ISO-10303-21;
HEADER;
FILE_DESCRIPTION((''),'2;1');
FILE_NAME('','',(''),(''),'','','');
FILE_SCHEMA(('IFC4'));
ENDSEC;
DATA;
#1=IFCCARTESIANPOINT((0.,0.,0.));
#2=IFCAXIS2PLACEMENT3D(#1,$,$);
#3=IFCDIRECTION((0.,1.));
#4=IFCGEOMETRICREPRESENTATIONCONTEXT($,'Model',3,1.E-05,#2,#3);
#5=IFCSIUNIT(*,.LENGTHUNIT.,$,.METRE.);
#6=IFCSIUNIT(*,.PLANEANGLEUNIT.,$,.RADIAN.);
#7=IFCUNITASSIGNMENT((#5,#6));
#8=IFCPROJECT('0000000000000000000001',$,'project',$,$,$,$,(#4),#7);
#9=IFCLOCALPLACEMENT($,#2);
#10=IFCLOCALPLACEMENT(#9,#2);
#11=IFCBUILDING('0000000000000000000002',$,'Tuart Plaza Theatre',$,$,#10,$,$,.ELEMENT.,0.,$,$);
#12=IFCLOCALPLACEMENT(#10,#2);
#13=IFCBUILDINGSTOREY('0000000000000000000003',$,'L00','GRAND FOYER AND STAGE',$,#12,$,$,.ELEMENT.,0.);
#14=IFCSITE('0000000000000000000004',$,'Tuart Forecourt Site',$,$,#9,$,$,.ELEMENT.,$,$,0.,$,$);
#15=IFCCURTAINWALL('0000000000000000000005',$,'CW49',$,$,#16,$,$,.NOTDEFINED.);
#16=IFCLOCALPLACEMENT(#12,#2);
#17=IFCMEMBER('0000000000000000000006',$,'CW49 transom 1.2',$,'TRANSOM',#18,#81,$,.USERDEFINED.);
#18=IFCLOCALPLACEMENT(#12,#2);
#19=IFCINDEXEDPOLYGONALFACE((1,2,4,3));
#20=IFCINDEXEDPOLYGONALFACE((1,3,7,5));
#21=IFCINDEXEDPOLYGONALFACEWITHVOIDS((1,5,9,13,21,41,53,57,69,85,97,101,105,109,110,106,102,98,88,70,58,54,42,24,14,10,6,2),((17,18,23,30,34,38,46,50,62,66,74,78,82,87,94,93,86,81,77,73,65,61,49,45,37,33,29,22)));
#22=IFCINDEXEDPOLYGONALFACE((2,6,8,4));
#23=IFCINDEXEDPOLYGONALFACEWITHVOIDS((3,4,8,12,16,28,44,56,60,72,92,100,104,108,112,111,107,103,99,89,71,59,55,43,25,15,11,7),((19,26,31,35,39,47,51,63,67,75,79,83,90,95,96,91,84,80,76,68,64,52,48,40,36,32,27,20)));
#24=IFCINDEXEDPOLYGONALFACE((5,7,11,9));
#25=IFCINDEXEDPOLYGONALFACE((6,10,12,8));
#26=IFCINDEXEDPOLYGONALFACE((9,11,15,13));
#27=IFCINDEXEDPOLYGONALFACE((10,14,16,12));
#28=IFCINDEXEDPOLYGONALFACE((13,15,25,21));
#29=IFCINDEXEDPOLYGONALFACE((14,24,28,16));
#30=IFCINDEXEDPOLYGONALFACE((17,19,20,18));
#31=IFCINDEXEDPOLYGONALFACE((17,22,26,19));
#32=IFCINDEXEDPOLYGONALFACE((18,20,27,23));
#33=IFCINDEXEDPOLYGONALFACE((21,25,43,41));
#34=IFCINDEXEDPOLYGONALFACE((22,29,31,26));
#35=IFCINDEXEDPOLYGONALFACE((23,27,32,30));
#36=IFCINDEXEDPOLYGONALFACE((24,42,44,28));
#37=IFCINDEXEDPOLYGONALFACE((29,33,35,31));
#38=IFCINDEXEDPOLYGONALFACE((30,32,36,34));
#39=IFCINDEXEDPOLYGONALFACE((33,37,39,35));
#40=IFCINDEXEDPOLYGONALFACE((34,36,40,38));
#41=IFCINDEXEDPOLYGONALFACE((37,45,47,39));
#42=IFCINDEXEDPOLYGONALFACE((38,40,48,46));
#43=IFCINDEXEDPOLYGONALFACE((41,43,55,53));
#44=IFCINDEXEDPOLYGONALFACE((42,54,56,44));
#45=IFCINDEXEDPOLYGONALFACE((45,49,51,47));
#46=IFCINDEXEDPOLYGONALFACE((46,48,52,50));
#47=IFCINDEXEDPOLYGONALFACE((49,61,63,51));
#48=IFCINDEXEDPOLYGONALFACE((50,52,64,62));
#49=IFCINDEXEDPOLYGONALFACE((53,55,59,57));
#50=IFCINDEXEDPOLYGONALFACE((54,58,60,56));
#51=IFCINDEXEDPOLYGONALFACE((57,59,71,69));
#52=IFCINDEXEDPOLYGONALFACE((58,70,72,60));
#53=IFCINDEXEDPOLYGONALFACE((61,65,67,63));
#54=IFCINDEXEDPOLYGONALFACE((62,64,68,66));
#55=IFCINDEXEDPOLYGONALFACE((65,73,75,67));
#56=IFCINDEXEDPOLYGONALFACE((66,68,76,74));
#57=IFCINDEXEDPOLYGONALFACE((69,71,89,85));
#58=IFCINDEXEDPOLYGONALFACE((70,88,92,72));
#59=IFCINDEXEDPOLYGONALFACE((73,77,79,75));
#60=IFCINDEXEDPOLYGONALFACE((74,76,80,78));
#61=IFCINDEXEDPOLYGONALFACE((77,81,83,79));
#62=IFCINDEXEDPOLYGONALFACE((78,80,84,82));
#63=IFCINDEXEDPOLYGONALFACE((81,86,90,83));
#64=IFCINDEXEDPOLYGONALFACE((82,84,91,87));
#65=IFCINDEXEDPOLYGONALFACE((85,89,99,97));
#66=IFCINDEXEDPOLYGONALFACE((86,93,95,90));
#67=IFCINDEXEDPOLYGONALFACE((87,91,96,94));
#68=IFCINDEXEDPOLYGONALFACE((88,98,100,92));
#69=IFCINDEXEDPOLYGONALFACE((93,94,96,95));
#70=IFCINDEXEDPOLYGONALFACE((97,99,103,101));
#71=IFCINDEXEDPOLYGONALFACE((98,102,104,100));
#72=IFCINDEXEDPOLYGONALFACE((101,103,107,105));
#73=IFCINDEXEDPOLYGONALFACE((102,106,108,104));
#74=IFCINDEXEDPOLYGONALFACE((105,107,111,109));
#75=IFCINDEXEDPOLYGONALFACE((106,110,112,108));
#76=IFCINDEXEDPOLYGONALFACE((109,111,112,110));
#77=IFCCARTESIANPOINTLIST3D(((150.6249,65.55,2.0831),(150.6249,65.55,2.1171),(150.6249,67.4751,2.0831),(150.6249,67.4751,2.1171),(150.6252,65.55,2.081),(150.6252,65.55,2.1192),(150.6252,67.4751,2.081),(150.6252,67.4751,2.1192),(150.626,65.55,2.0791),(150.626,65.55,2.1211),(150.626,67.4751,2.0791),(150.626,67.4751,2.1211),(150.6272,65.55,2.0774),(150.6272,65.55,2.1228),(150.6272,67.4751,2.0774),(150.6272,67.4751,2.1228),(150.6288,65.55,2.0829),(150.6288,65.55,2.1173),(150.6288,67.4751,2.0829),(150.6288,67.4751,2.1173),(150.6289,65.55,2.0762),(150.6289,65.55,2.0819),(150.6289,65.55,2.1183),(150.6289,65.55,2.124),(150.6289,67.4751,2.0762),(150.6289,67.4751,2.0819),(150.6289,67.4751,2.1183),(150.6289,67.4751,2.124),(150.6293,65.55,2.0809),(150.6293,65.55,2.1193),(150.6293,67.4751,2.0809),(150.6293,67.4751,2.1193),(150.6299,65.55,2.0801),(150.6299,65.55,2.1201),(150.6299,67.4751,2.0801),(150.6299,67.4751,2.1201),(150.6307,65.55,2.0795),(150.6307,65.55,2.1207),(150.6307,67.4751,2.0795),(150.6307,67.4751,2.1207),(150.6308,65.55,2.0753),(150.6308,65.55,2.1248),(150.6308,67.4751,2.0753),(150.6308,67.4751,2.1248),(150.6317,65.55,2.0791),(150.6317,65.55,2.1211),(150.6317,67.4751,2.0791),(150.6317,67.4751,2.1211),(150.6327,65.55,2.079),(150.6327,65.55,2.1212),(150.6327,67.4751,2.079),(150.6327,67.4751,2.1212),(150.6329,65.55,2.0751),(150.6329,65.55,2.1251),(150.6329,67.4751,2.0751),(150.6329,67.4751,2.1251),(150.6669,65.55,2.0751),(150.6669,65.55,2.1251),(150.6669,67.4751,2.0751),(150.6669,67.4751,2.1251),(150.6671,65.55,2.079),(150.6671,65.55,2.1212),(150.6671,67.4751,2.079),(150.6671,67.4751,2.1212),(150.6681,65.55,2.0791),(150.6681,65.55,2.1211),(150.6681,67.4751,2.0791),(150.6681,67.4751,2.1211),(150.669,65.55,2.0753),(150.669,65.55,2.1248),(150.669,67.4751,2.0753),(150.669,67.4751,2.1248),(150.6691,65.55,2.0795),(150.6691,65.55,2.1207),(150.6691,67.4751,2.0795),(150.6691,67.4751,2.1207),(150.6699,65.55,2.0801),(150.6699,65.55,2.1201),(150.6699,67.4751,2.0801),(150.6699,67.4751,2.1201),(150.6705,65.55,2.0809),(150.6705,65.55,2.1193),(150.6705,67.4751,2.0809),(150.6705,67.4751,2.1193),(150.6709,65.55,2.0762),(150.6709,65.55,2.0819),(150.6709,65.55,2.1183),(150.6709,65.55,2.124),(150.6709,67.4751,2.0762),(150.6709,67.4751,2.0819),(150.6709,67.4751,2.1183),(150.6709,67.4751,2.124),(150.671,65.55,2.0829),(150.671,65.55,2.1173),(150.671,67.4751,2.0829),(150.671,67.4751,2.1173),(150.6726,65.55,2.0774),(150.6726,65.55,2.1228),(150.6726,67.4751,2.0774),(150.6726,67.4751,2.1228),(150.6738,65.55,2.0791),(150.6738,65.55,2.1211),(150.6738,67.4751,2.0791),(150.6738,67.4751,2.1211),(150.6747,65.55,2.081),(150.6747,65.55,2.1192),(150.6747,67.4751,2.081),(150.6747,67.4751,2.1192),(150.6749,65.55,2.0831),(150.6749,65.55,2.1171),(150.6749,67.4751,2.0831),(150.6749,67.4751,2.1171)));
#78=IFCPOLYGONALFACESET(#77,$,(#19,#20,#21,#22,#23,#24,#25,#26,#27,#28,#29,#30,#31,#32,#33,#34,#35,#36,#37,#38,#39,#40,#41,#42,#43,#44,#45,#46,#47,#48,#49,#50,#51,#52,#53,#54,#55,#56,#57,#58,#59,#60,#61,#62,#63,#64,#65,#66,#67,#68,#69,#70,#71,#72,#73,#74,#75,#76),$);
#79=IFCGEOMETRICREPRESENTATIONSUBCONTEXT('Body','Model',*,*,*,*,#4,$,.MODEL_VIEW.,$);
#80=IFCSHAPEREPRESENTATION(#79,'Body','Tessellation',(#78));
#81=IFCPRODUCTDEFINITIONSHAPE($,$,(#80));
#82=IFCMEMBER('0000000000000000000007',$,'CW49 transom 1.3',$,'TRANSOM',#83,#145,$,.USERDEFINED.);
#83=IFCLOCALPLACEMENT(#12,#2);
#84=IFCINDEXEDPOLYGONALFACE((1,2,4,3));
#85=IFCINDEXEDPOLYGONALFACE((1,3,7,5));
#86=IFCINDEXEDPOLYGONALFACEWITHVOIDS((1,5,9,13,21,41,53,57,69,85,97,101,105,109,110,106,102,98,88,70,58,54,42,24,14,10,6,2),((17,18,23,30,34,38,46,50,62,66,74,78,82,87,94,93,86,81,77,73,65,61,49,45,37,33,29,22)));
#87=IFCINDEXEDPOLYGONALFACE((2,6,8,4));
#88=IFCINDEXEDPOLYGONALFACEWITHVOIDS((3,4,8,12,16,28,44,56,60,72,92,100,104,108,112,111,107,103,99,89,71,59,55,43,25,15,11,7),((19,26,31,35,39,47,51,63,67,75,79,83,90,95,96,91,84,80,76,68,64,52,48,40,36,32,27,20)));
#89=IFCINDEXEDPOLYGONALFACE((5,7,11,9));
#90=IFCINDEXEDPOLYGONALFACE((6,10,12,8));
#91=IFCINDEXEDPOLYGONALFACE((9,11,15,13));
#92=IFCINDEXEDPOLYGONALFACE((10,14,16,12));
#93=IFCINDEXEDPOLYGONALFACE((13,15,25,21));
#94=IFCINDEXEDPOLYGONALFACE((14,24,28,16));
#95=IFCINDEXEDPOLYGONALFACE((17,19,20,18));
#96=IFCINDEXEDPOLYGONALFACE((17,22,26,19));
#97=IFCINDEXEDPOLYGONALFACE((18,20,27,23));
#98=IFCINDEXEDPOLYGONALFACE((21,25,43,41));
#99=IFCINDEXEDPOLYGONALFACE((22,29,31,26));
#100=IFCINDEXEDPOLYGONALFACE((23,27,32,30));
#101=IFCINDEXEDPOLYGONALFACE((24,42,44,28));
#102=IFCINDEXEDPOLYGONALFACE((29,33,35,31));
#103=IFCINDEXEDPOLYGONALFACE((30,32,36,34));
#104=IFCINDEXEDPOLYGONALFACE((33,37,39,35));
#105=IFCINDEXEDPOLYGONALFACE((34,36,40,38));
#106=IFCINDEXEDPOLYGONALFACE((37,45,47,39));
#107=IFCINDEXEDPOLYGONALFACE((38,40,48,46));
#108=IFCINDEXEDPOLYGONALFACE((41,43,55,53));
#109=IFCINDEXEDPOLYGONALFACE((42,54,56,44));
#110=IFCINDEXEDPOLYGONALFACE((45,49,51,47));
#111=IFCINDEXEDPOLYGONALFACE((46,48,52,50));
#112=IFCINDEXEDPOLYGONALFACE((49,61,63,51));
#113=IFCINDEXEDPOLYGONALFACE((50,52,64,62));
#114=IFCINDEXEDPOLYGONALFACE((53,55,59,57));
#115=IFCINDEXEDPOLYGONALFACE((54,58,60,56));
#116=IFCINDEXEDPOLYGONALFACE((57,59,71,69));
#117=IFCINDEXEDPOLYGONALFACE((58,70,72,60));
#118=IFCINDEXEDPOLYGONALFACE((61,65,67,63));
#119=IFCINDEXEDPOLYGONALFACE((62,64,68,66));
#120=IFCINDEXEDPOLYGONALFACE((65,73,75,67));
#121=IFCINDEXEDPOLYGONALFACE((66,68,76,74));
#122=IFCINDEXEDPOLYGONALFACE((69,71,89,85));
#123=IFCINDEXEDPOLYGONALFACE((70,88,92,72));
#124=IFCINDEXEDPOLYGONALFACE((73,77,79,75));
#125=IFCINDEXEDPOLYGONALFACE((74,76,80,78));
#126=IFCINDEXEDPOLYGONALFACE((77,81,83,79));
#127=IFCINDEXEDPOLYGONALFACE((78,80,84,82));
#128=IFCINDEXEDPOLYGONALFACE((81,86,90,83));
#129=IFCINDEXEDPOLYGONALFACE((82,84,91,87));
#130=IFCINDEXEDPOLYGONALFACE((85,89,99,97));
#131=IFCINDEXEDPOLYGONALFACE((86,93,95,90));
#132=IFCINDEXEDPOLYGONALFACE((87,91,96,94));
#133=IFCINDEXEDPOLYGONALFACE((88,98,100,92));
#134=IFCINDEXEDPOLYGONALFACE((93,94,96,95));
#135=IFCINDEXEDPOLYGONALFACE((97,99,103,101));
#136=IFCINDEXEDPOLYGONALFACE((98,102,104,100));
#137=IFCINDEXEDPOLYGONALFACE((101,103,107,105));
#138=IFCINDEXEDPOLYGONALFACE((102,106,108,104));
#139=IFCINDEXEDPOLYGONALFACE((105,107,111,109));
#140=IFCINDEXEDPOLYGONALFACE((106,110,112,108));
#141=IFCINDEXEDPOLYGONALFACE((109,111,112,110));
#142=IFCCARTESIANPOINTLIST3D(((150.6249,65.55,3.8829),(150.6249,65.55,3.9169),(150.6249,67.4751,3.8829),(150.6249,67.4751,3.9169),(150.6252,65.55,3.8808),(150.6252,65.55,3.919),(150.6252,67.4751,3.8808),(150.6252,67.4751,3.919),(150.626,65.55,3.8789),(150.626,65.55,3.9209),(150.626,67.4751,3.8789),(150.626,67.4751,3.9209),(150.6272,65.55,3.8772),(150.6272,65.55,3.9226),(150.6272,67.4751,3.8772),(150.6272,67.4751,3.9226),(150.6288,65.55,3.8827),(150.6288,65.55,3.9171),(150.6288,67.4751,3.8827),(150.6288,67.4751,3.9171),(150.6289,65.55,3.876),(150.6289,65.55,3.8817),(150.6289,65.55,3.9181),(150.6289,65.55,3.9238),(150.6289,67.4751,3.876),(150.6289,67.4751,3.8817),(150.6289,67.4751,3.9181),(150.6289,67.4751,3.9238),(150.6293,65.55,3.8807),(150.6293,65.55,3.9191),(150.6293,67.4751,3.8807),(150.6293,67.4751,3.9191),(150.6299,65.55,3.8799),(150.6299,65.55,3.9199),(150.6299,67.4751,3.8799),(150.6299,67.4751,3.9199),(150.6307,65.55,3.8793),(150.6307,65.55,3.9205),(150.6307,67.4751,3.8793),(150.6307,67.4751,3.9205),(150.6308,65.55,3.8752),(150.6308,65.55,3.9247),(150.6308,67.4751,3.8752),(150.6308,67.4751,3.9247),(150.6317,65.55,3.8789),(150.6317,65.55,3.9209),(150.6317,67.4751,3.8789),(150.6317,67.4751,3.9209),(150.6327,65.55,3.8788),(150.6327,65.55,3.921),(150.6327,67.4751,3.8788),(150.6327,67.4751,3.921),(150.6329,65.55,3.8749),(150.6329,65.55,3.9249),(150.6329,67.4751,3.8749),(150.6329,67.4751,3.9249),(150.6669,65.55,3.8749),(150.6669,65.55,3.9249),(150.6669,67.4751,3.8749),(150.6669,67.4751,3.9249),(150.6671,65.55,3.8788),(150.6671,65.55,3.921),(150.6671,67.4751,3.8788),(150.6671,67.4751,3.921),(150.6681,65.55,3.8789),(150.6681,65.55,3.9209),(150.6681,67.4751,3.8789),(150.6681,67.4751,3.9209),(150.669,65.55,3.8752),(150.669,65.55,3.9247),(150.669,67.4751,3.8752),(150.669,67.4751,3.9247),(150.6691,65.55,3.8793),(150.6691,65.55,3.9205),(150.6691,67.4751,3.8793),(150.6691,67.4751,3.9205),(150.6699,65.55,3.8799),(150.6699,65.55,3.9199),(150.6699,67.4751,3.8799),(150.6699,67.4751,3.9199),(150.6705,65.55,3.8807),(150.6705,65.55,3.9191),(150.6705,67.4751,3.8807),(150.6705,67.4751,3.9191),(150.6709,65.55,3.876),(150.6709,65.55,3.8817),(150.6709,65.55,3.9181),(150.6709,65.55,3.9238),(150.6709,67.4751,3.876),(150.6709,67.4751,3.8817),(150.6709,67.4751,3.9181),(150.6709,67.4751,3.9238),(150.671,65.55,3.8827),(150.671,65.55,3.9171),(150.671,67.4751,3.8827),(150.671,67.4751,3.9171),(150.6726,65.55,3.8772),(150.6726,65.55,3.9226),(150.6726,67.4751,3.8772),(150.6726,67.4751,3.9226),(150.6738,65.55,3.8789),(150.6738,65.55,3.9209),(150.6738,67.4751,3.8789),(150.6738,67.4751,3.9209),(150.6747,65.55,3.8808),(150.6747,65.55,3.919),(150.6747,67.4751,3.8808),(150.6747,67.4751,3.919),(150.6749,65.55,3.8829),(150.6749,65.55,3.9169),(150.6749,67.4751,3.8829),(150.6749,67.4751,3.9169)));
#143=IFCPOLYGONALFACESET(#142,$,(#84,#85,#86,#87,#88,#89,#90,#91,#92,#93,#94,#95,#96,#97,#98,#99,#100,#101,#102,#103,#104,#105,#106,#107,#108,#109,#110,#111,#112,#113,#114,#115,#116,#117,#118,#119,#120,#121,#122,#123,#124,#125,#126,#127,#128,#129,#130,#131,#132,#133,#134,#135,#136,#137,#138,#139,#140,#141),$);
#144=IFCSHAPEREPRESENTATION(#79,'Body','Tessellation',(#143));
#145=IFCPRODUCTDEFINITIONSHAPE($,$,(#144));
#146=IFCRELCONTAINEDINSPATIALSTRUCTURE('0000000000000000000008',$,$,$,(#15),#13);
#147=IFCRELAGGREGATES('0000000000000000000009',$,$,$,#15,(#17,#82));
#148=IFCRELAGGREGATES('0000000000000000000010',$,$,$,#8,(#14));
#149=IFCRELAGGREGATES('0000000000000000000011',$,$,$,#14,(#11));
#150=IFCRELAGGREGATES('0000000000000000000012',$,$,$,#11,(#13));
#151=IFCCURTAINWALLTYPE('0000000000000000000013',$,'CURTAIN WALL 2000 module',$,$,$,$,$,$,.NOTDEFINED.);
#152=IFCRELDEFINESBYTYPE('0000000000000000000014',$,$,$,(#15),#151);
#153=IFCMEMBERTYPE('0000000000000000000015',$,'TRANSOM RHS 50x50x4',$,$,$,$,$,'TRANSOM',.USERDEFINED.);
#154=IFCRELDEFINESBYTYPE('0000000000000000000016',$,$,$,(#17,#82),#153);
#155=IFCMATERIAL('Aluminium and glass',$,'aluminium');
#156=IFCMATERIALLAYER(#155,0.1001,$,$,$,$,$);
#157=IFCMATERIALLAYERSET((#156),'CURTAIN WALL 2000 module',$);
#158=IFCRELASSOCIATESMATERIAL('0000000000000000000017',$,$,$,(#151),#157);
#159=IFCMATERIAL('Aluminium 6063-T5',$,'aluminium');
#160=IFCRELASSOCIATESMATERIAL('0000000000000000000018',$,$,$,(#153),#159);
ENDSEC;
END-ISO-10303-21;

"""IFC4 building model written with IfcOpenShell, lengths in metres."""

from ifc_helpers import new_model, si_unit, direction, frame, origin, origin_2d, place, context, subcontext, project, spatial, hollow_rectangle, extrude, material, layer, layer_set, material_profile, profile_set, type_object, element, aggregate, save


model = new_model("IFC4")

# Units and contexts
model_context = context("Model", 3, precision=1e-05, world=origin(), true_north=direction((0.0, 1.0)))
body_context = subcontext(model_context, "Body", "Model", "MODEL_VIEW")
ifc_project = project(units=[si_unit("LENGTHUNIT", "METRE"), si_unit("PLANEANGLEUNIT", "RADIAN")], contexts=[model_context])

# Site, building, storey
site_placement = place(None, origin())
site = spatial("IfcSite", under=ifc_project, at=site_placement, Name="Tuart Forecourt Site", CompositionType="ELEMENT", RefElevation=0.0)
building_placement = place(site_placement, origin())
building = spatial("IfcBuilding", under=site, at=building_placement, Name="Tuart Plaza Theatre", CompositionType="ELEMENT", ElevationOfRefHeight=0.0)
storey_placement = place(building_placement, origin())
storey = spatial("IfcBuildingStorey", under=building, at=storey_placement, Name="L00", Description="GRAND FOYER AND STAGE", CompositionType="ELEMENT", Elevation=0.0)

# Curtain wall, members
ifc_material_1 = material(Name="Aluminium and glass", Category="aluminium")
ifc_layer_1 = layer(ifc_material_1, 0.1001)
ifc_layer_set_1 = layer_set([ifc_layer_1], Name="CURTAIN WALL 2000 module")
curtain_wall_type = type_object("IfcCurtainWallType", Name="CURTAIN WALL 2000 module", PredefinedType="NOTDEFINED", material=ifc_layer_set_1)
ifc_material_2 = material(Name="Aluminium 6063-T5", Category="aluminium")
ifc_material_profile_1 = material_profile(ifc_material_2, hollow_rectangle(XDim=0.05, YDim=0.05, WallThickness=0.0039, InnerFilletRadius=0.0039, OuterFilletRadius=0.0081, at=origin_2d()), Name="RHS 50x50x4")
ifc_profile_set_1 = profile_set([ifc_material_profile_1], Name="Aluminium 6063-T5")
member_type_1 = type_object("IfcMemberType", Name="TRANSOM RHS 50x50x4", ElementType="TRANSOM", PredefinedType="USERDEFINED", material=ifc_profile_set_1)
curtain_wall_1_placement = place(storey_placement, origin())
curtain_wall_1 = element("IfcCurtainWall", 1, at=curtain_wall_1_placement, inside=storey, type_object=curtain_wall_type, Name="CW49", PredefinedType="NOTDEFINED")
member_1_placement = place(storey_placement, frame((150.6499, 65.55, 2.1001), z_axis=(0.0, 1.0, 0.0), x_axis=(-1.0, 0.0, 0.0)))
member_1 = element("IfcMember", 2, at=member_1_placement, type_object=member_type_1, Name="CW49 transom 1.2", ObjectType="TRANSOM", PredefinedType="USERDEFINED", context=body_context, shape_type="SweptSolid", body=[
    extrude(hollow_rectangle(XDim=0.05, YDim=0.05, WallThickness=0.0039, InnerFilletRadius=0.0039, OuterFilletRadius=0.0081, at=origin_2d()), origin(), (0.0, 0.0, 1.0), 1.925),
])
member_2_placement = place(storey_placement, frame((150.6499, 65.55, 3.8999), z_axis=(0.0, 1.0, 0.0), x_axis=(-1.0, 0.0, 0.0)))
member_2 = element("IfcMember", 3, at=member_2_placement, type_object=member_type_1, Name="CW49 transom 1.3", ObjectType="TRANSOM", PredefinedType="USERDEFINED", context=body_context, shape_type="SweptSolid", body=[
    extrude(hollow_rectangle(XDim=0.05, YDim=0.05, WallThickness=0.0039, InnerFilletRadius=0.0039, OuterFilletRadius=0.0081, at=origin_2d()), origin(), (0.0, 0.0, 1.0), 1.925),
])
aggregate(curtain_wall_1, [member_1, member_2])

save(model, "model.ifc")
